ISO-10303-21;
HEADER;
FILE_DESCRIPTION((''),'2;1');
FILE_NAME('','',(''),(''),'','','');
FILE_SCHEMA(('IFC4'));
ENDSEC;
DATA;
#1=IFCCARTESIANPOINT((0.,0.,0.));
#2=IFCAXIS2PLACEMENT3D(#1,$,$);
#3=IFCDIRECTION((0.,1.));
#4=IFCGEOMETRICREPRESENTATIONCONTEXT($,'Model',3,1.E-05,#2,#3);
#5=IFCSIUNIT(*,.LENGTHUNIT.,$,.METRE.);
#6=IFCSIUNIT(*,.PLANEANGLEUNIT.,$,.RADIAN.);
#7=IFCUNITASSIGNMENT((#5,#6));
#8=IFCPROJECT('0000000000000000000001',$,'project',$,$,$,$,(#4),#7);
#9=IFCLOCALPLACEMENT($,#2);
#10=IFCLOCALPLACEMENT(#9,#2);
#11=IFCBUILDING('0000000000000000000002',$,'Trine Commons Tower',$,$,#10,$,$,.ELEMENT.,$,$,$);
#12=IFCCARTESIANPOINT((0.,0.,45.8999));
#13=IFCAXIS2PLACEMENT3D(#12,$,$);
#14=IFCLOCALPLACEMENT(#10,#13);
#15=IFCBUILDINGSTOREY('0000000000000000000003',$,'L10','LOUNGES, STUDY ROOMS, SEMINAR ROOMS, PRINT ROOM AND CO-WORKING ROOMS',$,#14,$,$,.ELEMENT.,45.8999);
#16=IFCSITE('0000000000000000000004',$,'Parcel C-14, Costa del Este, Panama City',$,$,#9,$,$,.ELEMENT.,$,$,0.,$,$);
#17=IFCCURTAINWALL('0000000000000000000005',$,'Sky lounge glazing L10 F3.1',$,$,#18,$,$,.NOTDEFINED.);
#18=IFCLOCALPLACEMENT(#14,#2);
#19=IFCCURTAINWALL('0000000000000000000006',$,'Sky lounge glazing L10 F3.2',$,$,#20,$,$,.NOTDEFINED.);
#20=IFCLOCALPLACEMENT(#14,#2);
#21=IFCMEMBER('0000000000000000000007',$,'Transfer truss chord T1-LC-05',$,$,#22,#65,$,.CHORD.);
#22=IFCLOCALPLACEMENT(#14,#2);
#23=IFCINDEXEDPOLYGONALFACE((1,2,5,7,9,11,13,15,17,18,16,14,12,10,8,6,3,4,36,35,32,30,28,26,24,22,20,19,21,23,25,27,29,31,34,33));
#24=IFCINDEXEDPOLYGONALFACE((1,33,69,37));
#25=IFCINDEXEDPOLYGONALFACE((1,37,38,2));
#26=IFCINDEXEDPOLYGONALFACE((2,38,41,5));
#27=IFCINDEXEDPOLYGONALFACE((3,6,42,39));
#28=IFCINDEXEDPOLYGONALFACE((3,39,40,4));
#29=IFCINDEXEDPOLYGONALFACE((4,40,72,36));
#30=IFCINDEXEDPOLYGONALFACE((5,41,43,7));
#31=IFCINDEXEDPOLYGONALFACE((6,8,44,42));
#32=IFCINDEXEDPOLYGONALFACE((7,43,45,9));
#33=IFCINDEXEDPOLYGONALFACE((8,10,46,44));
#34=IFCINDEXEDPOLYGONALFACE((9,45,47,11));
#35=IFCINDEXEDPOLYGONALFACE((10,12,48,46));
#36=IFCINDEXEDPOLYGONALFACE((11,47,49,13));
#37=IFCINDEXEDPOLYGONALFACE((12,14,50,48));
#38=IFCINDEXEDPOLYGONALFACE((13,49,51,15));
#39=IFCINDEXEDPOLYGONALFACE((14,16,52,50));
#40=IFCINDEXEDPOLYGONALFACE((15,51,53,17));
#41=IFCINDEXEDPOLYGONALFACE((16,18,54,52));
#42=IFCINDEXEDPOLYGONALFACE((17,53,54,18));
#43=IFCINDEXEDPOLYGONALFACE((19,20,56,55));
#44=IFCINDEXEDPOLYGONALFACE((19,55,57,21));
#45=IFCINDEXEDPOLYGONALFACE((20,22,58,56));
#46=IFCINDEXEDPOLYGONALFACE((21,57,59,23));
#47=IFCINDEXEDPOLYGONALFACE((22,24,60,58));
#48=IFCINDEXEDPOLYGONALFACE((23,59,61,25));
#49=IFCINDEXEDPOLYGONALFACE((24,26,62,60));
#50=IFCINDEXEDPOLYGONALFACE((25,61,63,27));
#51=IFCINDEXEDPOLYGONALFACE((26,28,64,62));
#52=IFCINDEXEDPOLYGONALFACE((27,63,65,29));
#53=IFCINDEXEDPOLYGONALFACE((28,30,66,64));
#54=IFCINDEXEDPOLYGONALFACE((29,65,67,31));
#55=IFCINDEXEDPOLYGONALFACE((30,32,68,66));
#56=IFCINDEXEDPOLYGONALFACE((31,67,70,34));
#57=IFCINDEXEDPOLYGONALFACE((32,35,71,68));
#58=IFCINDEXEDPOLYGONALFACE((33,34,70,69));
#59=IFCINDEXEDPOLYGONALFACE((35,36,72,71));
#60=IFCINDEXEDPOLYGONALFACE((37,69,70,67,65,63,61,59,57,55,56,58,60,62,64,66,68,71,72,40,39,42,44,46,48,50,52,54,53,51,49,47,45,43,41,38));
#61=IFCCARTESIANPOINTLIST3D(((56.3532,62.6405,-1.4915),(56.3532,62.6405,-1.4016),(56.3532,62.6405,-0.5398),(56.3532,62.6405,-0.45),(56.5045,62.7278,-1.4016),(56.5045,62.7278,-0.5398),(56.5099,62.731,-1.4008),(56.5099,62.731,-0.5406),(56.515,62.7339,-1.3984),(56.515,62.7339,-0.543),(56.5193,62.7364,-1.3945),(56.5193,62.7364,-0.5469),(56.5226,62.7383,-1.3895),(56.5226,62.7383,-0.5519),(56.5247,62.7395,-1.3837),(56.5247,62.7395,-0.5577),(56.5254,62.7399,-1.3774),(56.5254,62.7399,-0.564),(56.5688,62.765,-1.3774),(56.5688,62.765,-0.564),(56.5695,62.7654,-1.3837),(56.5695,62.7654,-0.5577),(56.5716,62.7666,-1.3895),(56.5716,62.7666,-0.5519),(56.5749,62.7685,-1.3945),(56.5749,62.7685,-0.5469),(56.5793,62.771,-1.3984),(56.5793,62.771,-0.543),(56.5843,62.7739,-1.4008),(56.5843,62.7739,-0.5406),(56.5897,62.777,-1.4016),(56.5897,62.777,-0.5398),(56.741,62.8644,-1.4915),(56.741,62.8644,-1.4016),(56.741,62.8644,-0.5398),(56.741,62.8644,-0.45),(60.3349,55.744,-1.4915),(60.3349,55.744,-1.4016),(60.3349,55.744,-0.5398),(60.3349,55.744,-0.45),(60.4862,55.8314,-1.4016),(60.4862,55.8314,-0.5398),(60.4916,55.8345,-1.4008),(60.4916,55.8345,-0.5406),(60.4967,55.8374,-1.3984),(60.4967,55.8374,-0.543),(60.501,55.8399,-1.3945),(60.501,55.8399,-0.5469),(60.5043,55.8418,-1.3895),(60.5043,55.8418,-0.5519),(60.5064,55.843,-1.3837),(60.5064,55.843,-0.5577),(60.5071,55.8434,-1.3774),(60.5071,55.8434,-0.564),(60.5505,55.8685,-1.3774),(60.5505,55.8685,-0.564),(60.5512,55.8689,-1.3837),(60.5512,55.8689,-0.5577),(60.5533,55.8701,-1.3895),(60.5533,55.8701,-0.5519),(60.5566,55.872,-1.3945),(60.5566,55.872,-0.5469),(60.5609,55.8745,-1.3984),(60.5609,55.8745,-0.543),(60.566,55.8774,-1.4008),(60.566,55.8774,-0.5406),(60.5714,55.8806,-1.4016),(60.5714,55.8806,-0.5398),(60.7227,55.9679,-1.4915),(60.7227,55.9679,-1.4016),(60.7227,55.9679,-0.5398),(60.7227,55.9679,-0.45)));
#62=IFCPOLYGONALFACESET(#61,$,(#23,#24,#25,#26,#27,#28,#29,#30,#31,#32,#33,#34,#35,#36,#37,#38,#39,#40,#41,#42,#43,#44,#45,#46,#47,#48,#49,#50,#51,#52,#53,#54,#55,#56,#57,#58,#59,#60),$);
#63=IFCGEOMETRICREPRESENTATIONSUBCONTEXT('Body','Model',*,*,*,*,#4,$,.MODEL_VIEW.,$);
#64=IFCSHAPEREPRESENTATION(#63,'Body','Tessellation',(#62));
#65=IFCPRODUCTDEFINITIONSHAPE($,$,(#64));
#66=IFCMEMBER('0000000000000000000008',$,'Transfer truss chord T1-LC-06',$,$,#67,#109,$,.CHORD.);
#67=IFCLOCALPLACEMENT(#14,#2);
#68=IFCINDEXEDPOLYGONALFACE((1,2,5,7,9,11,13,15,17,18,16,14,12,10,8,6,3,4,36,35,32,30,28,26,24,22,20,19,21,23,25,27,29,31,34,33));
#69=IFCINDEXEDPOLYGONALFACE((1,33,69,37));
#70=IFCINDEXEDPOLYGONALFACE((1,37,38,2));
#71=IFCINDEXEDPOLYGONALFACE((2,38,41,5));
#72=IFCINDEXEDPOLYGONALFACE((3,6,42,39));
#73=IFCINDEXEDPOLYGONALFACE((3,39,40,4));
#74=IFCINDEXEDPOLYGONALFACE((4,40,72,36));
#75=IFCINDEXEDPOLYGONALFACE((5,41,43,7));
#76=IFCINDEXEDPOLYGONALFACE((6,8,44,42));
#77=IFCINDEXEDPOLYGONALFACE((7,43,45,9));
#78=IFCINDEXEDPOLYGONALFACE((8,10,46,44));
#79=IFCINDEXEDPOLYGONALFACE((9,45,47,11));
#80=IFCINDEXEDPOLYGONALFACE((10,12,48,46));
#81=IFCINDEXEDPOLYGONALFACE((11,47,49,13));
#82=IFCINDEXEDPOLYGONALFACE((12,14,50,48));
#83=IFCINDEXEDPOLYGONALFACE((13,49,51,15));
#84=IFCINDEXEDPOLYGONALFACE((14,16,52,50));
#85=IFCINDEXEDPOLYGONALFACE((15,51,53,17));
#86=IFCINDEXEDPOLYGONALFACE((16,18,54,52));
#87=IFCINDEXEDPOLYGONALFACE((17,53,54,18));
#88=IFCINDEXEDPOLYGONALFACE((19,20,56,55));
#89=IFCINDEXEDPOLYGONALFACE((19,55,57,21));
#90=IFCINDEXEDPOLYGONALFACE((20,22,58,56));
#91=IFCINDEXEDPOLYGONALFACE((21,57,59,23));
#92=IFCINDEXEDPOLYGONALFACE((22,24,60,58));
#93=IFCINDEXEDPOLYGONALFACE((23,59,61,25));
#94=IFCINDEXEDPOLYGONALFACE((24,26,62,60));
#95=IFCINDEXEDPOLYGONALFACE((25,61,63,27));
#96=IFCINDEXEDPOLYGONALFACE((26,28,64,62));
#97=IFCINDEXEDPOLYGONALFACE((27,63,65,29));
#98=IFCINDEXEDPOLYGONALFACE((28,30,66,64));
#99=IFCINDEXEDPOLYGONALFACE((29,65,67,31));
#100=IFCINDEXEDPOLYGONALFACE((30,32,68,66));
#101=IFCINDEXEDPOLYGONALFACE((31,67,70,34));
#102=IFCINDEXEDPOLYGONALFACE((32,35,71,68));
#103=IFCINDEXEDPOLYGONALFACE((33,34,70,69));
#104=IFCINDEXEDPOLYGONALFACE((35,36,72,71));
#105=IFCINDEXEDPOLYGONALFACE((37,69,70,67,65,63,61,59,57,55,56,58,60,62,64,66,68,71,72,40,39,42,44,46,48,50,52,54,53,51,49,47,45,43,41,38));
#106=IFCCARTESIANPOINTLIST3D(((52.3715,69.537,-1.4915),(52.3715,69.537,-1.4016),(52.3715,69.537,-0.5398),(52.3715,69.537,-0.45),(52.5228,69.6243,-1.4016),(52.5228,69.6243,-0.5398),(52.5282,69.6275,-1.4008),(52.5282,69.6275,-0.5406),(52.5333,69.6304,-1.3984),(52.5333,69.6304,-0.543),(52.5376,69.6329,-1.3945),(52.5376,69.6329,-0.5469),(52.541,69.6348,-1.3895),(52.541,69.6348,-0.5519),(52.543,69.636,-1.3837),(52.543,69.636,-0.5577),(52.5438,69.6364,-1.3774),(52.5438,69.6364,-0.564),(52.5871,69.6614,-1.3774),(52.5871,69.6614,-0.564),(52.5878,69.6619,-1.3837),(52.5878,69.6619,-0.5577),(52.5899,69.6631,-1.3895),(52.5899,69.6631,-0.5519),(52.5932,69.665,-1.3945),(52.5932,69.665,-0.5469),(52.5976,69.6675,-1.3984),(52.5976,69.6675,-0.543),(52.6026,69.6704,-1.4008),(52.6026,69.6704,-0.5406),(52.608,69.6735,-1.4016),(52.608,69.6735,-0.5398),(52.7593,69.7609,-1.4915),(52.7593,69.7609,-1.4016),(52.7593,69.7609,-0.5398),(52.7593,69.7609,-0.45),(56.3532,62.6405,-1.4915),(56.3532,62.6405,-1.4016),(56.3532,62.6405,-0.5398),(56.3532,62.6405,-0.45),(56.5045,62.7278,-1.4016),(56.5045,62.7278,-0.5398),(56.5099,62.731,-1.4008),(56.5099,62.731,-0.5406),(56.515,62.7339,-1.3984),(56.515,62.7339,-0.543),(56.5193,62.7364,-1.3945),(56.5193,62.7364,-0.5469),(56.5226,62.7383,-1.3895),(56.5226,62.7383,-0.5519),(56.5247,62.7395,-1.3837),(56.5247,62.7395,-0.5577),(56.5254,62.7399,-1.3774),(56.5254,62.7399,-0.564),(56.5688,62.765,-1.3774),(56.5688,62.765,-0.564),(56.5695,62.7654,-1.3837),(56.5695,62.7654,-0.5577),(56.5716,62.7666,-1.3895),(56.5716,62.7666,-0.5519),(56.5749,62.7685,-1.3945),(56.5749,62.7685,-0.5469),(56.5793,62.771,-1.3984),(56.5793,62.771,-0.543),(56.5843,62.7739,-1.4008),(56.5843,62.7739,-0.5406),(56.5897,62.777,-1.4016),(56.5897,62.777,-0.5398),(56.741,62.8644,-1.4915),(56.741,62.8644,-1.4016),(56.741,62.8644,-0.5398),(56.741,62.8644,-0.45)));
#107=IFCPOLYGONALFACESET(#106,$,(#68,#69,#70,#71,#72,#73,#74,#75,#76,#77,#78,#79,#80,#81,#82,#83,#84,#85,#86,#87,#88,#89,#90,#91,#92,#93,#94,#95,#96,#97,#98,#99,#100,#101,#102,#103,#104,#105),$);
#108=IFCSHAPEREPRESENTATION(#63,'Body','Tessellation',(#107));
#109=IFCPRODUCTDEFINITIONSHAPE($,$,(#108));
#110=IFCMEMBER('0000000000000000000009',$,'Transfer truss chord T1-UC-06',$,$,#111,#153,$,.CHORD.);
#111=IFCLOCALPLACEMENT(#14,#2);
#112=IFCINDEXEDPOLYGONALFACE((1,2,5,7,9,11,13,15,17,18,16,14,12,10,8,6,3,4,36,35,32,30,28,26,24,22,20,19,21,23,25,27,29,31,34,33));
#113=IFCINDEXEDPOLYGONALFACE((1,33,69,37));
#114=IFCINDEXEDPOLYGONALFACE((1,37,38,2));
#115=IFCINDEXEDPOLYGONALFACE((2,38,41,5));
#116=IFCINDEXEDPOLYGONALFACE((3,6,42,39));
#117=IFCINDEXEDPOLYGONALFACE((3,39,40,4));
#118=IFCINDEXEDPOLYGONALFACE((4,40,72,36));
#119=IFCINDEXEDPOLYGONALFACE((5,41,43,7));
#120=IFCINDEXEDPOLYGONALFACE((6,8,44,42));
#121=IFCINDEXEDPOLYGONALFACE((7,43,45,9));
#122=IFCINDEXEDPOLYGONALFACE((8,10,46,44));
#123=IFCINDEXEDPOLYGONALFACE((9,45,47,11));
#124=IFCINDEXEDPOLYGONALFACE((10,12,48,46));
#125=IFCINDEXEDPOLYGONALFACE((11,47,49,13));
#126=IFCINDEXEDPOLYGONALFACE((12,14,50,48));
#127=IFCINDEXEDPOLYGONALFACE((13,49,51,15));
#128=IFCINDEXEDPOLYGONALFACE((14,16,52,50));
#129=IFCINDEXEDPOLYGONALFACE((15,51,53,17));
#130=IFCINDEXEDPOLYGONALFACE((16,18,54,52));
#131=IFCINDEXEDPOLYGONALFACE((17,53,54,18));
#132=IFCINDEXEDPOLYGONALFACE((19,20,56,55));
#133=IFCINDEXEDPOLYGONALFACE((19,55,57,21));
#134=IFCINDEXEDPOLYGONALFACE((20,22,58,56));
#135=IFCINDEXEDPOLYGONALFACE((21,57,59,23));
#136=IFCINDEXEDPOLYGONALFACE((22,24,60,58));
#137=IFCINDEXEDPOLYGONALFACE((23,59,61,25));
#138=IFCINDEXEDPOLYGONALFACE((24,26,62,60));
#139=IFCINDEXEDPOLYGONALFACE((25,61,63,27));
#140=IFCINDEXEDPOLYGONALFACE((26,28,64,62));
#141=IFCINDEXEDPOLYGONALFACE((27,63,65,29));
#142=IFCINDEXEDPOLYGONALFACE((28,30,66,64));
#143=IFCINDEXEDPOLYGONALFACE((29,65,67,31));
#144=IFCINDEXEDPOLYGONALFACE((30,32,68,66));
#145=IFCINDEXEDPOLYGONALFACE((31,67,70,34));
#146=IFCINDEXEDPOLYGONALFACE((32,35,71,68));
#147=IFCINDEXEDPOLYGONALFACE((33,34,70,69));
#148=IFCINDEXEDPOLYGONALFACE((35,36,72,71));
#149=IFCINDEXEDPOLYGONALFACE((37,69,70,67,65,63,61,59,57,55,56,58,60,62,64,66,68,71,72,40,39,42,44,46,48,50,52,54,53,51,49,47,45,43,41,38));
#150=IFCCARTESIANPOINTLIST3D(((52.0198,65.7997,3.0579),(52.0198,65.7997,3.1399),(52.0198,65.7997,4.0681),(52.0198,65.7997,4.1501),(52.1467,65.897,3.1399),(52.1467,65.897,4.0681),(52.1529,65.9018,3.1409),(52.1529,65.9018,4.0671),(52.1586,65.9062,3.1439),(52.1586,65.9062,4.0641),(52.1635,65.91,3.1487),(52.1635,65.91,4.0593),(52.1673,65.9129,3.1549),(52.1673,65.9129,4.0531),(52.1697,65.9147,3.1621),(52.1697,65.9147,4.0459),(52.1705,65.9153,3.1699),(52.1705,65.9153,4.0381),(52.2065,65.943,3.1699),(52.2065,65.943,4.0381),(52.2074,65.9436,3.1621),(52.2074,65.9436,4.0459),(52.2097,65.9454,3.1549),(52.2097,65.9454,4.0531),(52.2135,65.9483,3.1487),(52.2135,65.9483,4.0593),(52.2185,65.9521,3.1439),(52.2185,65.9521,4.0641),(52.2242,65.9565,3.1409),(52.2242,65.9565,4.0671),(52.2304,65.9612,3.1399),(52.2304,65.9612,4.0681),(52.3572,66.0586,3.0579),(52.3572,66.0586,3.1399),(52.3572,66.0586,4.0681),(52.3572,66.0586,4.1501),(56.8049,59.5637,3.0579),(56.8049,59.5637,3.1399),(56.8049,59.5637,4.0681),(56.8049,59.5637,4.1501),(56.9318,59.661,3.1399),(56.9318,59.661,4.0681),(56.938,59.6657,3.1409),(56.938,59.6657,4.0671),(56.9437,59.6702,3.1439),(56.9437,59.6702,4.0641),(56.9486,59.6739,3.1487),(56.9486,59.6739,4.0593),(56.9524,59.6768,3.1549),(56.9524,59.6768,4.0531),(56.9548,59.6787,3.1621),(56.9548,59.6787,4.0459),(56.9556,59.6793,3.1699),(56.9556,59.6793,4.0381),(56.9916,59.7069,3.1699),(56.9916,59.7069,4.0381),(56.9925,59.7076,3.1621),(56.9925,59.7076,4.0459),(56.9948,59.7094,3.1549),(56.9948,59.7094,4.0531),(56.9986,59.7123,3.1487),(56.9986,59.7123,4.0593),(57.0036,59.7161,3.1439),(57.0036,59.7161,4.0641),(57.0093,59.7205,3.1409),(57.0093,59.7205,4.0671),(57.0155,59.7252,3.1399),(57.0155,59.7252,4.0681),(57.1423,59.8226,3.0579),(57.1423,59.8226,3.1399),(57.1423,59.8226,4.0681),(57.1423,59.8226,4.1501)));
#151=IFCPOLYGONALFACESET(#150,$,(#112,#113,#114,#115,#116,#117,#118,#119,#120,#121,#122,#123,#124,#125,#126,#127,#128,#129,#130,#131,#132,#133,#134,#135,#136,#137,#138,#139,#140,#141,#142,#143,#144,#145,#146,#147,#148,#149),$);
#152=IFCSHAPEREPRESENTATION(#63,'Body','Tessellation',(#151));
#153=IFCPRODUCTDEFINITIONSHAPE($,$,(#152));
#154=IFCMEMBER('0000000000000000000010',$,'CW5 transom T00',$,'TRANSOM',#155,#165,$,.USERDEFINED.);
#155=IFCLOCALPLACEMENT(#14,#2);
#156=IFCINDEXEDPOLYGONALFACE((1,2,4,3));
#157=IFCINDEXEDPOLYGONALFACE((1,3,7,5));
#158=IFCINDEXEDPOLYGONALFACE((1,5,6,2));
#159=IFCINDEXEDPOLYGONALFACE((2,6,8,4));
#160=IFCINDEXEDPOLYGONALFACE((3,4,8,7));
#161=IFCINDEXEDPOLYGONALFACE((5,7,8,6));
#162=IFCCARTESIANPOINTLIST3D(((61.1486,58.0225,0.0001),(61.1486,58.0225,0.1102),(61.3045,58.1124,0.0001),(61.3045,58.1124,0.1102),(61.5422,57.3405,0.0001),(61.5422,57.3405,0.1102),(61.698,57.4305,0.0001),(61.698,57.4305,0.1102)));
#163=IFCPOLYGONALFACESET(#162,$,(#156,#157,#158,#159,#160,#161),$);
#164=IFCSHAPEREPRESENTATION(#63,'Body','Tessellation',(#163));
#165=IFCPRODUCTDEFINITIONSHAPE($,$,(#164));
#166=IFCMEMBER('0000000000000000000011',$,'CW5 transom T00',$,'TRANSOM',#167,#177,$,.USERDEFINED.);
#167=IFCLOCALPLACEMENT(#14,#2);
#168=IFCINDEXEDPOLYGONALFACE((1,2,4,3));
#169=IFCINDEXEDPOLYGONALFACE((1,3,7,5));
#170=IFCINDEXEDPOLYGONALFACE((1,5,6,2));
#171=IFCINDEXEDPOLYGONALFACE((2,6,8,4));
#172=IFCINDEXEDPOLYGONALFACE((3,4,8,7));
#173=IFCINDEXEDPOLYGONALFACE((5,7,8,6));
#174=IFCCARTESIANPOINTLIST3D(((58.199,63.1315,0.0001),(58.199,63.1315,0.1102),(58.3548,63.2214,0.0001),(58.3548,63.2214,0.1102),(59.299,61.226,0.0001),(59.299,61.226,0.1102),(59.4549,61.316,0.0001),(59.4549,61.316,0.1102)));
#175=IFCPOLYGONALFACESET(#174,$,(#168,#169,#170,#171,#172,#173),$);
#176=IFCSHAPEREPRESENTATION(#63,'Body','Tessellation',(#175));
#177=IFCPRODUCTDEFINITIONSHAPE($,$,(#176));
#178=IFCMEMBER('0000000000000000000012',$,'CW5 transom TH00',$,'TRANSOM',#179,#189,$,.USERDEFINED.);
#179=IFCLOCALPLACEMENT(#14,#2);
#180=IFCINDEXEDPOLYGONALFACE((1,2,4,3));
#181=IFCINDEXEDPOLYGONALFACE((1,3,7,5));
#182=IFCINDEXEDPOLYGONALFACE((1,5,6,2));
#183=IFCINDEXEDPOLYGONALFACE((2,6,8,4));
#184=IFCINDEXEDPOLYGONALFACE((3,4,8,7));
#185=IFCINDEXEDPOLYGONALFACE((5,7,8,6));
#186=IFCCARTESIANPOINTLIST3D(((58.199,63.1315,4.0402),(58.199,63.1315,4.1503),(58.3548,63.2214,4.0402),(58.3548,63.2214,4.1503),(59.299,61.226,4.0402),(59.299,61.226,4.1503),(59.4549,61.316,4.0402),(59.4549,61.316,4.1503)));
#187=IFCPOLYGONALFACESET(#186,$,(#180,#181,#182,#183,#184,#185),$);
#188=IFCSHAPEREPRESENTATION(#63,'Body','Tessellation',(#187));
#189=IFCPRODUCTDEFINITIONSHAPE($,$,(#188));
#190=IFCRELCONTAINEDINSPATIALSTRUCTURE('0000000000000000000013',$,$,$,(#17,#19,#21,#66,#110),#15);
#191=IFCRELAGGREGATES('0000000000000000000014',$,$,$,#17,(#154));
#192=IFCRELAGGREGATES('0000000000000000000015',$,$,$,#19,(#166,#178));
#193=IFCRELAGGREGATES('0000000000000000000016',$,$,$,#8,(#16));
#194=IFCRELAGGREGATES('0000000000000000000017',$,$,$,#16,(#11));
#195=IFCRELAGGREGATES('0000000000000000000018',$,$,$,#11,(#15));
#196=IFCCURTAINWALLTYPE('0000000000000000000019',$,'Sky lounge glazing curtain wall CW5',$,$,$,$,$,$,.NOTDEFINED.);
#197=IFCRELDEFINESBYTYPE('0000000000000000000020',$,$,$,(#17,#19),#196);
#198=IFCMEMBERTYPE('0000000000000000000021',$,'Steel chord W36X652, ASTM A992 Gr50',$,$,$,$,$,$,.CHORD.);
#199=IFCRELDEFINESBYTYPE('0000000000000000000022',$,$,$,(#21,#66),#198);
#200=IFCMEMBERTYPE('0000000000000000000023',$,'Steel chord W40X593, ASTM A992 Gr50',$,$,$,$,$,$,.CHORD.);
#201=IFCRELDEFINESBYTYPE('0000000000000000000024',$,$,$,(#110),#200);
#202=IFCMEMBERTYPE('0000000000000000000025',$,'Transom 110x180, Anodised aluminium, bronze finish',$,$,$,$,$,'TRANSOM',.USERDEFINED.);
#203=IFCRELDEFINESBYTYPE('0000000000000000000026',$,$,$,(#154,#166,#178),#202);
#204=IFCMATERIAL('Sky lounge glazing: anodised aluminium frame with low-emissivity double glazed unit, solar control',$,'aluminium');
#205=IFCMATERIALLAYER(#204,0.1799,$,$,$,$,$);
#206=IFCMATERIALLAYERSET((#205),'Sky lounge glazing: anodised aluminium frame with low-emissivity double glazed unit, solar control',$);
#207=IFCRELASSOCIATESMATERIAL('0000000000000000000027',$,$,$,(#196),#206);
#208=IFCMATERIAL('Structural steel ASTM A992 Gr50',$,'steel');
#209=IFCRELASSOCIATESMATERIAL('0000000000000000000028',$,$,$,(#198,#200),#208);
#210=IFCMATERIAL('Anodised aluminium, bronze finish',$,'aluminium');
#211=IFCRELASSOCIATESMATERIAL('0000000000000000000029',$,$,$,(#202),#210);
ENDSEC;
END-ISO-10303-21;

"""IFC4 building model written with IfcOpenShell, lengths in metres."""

from ifc_helpers import new_model, si_unit, direction, frame, origin, origin_2d, place, context, subcontext, project, spatial, rectangle, i_section, extrude, material, layer, layer_set, material_profile, profile_set, type_object, element, aggregate, save


model = new_model("IFC4")

# Units and contexts
model_context = context("Model", 3, precision=1e-05, world=origin(), true_north=direction((0.0, 1.0)))
body_context = subcontext(model_context, "Body", "Model", "MODEL_VIEW")
ifc_project = project(units=[si_unit("LENGTHUNIT", "METRE"), si_unit("PLANEANGLEUNIT", "RADIAN")], contexts=[model_context])

# Site, building, storey
site_placement = place(None, origin())
site = spatial("IfcSite", under=ifc_project, at=site_placement, Name="Parcel C-14, Costa del Este, Panama City", CompositionType="ELEMENT", RefElevation=0.0)
building_placement = place(site_placement, origin())
building = spatial("IfcBuilding", under=site, at=building_placement, Name="Trine Commons Tower", CompositionType="ELEMENT")
storey_placement = place(building_placement, frame((0.0, 0.0, 45.8999)))
storey = spatial("IfcBuildingStorey", under=building, at=storey_placement, Name="L10", Description="LOUNGES, STUDY ROOMS, SEMINAR ROOMS, PRINT ROOM AND CO-WORKING ROOMS", CompositionType="ELEMENT", Elevation=45.8999)

# Curtain wall
ifc_material_1 = material(Name="Sky lounge glazing: anodised aluminium frame with low-emissivity double glazed unit, solar control", Category="aluminium")
ifc_layer_1 = layer(ifc_material_1, 0.1799)
ifc_layer_set_1 = layer_set([ifc_layer_1], Name="Sky lounge glazing: anodised aluminium frame with low-emissivity double glazed unit, solar control")
curtain_wall_type = type_object("IfcCurtainWallType", Name="Sky lounge glazing curtain wall CW5", PredefinedType="NOTDEFINED", material=ifc_layer_set_1)
curtain_wall_1_placement = place(storey_placement, origin())
curtain_wall_1 = element("IfcCurtainWall", 1, at=curtain_wall_1_placement, inside=storey, type_object=curtain_wall_type, Name="Sky lounge glazing L10 F3.1", PredefinedType="NOTDEFINED")
ifc_material_2 = material(Name="Anodised aluminium, bronze finish", Category="aluminium")

# Curtain wall
curtain_wall_2_placement = place(storey_placement, origin())
curtain_wall_2 = element("IfcCurtainWall", 2, at=curtain_wall_2_placement, inside=storey, type_object=curtain_wall_type, Name="Sky lounge glazing L10 F3.2", PredefinedType="NOTDEFINED")

# Members
ifc_material_3 = material(Name="Structural steel ASTM A992 Gr50", Category="steel")
ifc_material_profile_1 = material_profile(ifc_material_3, i_section(OverallWidth=0.4478, OverallDepth=1.0415, WebThickness=0.05, FlangeThickness=0.0898, FilletRadius=0.0242, at=origin_2d()), Name="W36X652")
ifc_profile_set_1 = profile_set([ifc_material_profile_1], Name="Structural steel ASTM A992 Gr50")
member_type_1 = type_object("IfcMemberType", Name="Steel chord W36X652, ASTM A992 Gr50", PredefinedType="CHORD", material=ifc_profile_set_1)
for number, where, z_axis, x_axis, name in (
    (3, (60.5288, 55.856, -0.9707), (-0.5, 0.866025, 0.0), (-0.866025, -0.5, 0.0), "Transfer truss chord T1-LC-05"),
    (4, (56.5471, 62.7524, -0.9707), (-0.5, 0.866025, 0.0), (-0.866025, -0.5, 0.0), "Transfer truss chord T1-LC-06"),
):
    element("IfcMember", number, at=place(storey_placement, frame(where, z_axis=z_axis, x_axis=x_axis)), inside=storey, type_object=member_type_1, Name=name, PredefinedType="CHORD", context=body_context, shape_type="SweptSolid", body=[
        extrude(i_section(OverallWidth=0.4478, OverallDepth=1.0415, WebThickness=0.05, FlangeThickness=0.0898, FilletRadius=0.0242, at=origin_2d()), origin(), (0.0, 0.0, 1.0), 7.9634),
    ])
ifc_material_profile_2 = material_profile(ifc_material_3, i_section(OverallWidth=0.4253, OverallDepth=1.0923, WebThickness=0.0454, FlangeThickness=0.082, FilletRadius=0.03, at=origin_2d()), Name="W40X593")
ifc_profile_set_2 = profile_set([ifc_material_profile_2], Name="Structural steel ASTM A992 Gr50")
member_type_2 = type_object("IfcMemberType", Name="Steel chord W40X593, ASTM A992 Gr50", PredefinedType="CHORD", material=ifc_profile_set_2)
member_1_placement = place(storey_placement, frame((56.9736, 59.6931, 3.604), z_axis=(-0.608765, 0.793351, 0.0), x_axis=(-0.793351, -0.608765, 0.0)))
element("IfcMember", 5, at=member_1_placement, inside=storey, type_object=member_type_2, Name="Transfer truss chord T1-UC-06", PredefinedType="CHORD", context=body_context, shape_type="SweptSolid", body=[
    extrude(i_section(OverallWidth=0.4253, OverallDepth=1.0923, WebThickness=0.0454, FlangeThickness=0.082, FilletRadius=0.03, at=origin_2d()), origin(), (0.0, 0.0, 1.0), 7.8604),
])

# Members
ifc_material_profile_3 = material_profile(ifc_material_2, rectangle(XDim=0.1799, YDim=0.1101, at=origin_2d()), Name="Transom 110x180")
ifc_profile_set_3 = profile_set([ifc_material_profile_3], Name="Anodised aluminium, bronze finish")
member_type_3 = type_object("IfcMemberType", Name="Transom 110x180, Anodised aluminium, bronze finish", ElementType="TRANSOM", PredefinedType="USERDEFINED", material=ifc_profile_set_3)
member_2_placement = place(storey_placement, frame((61.6201, 57.3855, 0.0552), z_axis=(-0.499875, 0.866098, 0.0), x_axis=(-0.866098, -0.499875, 0.0)))
member_2 = element("IfcMember", 6, at=member_2_placement, type_object=member_type_3, Name="CW5 transom T00", ObjectType="TRANSOM", PredefinedType="USERDEFINED", context=body_context, shape_type="SweptSolid", body=[
    extrude(rectangle(XDim=0.1799, YDim=0.1101, at=origin_2d()), origin(), (0.0, 0.0, 1.0), 0.7874),
])
member_3_placement = place(storey_placement, frame((59.377, 61.271, 0.0552), z_axis=(-0.499982, 0.866036, 0.0), x_axis=(-0.866036, -0.499982, 0.0)))
member_3 = element("IfcMember", 7, at=member_3_placement, type_object=member_type_3, Name="CW5 transom T00", ObjectType="TRANSOM", PredefinedType="USERDEFINED", context=body_context, shape_type="SweptSolid", body=[
    extrude(rectangle(XDim=0.1799, YDim=0.1101, at=origin_2d()), origin(), (0.0, 0.0, 1.0), 2.2002),
])
member_4_placement = place(storey_placement, frame((59.377, 61.271, 4.0952), z_axis=(-0.499982, 0.866036, 0.0), x_axis=(-0.866036, -0.499982, 0.0)))
member_4 = element("IfcMember", 8, at=member_4_placement, type_object=member_type_3, Name="CW5 transom TH00", ObjectType="TRANSOM", PredefinedType="USERDEFINED", context=body_context, shape_type="SweptSolid", body=[
    extrude(rectangle(XDim=0.1799, YDim=0.1101, at=origin_2d()), origin(), (0.0, 0.0, 1.0), 2.2002),
])

aggregate(curtain_wall_1, [member_2])
aggregate(curtain_wall_2, [member_3, member_4])

save(model, "model.ifc")
